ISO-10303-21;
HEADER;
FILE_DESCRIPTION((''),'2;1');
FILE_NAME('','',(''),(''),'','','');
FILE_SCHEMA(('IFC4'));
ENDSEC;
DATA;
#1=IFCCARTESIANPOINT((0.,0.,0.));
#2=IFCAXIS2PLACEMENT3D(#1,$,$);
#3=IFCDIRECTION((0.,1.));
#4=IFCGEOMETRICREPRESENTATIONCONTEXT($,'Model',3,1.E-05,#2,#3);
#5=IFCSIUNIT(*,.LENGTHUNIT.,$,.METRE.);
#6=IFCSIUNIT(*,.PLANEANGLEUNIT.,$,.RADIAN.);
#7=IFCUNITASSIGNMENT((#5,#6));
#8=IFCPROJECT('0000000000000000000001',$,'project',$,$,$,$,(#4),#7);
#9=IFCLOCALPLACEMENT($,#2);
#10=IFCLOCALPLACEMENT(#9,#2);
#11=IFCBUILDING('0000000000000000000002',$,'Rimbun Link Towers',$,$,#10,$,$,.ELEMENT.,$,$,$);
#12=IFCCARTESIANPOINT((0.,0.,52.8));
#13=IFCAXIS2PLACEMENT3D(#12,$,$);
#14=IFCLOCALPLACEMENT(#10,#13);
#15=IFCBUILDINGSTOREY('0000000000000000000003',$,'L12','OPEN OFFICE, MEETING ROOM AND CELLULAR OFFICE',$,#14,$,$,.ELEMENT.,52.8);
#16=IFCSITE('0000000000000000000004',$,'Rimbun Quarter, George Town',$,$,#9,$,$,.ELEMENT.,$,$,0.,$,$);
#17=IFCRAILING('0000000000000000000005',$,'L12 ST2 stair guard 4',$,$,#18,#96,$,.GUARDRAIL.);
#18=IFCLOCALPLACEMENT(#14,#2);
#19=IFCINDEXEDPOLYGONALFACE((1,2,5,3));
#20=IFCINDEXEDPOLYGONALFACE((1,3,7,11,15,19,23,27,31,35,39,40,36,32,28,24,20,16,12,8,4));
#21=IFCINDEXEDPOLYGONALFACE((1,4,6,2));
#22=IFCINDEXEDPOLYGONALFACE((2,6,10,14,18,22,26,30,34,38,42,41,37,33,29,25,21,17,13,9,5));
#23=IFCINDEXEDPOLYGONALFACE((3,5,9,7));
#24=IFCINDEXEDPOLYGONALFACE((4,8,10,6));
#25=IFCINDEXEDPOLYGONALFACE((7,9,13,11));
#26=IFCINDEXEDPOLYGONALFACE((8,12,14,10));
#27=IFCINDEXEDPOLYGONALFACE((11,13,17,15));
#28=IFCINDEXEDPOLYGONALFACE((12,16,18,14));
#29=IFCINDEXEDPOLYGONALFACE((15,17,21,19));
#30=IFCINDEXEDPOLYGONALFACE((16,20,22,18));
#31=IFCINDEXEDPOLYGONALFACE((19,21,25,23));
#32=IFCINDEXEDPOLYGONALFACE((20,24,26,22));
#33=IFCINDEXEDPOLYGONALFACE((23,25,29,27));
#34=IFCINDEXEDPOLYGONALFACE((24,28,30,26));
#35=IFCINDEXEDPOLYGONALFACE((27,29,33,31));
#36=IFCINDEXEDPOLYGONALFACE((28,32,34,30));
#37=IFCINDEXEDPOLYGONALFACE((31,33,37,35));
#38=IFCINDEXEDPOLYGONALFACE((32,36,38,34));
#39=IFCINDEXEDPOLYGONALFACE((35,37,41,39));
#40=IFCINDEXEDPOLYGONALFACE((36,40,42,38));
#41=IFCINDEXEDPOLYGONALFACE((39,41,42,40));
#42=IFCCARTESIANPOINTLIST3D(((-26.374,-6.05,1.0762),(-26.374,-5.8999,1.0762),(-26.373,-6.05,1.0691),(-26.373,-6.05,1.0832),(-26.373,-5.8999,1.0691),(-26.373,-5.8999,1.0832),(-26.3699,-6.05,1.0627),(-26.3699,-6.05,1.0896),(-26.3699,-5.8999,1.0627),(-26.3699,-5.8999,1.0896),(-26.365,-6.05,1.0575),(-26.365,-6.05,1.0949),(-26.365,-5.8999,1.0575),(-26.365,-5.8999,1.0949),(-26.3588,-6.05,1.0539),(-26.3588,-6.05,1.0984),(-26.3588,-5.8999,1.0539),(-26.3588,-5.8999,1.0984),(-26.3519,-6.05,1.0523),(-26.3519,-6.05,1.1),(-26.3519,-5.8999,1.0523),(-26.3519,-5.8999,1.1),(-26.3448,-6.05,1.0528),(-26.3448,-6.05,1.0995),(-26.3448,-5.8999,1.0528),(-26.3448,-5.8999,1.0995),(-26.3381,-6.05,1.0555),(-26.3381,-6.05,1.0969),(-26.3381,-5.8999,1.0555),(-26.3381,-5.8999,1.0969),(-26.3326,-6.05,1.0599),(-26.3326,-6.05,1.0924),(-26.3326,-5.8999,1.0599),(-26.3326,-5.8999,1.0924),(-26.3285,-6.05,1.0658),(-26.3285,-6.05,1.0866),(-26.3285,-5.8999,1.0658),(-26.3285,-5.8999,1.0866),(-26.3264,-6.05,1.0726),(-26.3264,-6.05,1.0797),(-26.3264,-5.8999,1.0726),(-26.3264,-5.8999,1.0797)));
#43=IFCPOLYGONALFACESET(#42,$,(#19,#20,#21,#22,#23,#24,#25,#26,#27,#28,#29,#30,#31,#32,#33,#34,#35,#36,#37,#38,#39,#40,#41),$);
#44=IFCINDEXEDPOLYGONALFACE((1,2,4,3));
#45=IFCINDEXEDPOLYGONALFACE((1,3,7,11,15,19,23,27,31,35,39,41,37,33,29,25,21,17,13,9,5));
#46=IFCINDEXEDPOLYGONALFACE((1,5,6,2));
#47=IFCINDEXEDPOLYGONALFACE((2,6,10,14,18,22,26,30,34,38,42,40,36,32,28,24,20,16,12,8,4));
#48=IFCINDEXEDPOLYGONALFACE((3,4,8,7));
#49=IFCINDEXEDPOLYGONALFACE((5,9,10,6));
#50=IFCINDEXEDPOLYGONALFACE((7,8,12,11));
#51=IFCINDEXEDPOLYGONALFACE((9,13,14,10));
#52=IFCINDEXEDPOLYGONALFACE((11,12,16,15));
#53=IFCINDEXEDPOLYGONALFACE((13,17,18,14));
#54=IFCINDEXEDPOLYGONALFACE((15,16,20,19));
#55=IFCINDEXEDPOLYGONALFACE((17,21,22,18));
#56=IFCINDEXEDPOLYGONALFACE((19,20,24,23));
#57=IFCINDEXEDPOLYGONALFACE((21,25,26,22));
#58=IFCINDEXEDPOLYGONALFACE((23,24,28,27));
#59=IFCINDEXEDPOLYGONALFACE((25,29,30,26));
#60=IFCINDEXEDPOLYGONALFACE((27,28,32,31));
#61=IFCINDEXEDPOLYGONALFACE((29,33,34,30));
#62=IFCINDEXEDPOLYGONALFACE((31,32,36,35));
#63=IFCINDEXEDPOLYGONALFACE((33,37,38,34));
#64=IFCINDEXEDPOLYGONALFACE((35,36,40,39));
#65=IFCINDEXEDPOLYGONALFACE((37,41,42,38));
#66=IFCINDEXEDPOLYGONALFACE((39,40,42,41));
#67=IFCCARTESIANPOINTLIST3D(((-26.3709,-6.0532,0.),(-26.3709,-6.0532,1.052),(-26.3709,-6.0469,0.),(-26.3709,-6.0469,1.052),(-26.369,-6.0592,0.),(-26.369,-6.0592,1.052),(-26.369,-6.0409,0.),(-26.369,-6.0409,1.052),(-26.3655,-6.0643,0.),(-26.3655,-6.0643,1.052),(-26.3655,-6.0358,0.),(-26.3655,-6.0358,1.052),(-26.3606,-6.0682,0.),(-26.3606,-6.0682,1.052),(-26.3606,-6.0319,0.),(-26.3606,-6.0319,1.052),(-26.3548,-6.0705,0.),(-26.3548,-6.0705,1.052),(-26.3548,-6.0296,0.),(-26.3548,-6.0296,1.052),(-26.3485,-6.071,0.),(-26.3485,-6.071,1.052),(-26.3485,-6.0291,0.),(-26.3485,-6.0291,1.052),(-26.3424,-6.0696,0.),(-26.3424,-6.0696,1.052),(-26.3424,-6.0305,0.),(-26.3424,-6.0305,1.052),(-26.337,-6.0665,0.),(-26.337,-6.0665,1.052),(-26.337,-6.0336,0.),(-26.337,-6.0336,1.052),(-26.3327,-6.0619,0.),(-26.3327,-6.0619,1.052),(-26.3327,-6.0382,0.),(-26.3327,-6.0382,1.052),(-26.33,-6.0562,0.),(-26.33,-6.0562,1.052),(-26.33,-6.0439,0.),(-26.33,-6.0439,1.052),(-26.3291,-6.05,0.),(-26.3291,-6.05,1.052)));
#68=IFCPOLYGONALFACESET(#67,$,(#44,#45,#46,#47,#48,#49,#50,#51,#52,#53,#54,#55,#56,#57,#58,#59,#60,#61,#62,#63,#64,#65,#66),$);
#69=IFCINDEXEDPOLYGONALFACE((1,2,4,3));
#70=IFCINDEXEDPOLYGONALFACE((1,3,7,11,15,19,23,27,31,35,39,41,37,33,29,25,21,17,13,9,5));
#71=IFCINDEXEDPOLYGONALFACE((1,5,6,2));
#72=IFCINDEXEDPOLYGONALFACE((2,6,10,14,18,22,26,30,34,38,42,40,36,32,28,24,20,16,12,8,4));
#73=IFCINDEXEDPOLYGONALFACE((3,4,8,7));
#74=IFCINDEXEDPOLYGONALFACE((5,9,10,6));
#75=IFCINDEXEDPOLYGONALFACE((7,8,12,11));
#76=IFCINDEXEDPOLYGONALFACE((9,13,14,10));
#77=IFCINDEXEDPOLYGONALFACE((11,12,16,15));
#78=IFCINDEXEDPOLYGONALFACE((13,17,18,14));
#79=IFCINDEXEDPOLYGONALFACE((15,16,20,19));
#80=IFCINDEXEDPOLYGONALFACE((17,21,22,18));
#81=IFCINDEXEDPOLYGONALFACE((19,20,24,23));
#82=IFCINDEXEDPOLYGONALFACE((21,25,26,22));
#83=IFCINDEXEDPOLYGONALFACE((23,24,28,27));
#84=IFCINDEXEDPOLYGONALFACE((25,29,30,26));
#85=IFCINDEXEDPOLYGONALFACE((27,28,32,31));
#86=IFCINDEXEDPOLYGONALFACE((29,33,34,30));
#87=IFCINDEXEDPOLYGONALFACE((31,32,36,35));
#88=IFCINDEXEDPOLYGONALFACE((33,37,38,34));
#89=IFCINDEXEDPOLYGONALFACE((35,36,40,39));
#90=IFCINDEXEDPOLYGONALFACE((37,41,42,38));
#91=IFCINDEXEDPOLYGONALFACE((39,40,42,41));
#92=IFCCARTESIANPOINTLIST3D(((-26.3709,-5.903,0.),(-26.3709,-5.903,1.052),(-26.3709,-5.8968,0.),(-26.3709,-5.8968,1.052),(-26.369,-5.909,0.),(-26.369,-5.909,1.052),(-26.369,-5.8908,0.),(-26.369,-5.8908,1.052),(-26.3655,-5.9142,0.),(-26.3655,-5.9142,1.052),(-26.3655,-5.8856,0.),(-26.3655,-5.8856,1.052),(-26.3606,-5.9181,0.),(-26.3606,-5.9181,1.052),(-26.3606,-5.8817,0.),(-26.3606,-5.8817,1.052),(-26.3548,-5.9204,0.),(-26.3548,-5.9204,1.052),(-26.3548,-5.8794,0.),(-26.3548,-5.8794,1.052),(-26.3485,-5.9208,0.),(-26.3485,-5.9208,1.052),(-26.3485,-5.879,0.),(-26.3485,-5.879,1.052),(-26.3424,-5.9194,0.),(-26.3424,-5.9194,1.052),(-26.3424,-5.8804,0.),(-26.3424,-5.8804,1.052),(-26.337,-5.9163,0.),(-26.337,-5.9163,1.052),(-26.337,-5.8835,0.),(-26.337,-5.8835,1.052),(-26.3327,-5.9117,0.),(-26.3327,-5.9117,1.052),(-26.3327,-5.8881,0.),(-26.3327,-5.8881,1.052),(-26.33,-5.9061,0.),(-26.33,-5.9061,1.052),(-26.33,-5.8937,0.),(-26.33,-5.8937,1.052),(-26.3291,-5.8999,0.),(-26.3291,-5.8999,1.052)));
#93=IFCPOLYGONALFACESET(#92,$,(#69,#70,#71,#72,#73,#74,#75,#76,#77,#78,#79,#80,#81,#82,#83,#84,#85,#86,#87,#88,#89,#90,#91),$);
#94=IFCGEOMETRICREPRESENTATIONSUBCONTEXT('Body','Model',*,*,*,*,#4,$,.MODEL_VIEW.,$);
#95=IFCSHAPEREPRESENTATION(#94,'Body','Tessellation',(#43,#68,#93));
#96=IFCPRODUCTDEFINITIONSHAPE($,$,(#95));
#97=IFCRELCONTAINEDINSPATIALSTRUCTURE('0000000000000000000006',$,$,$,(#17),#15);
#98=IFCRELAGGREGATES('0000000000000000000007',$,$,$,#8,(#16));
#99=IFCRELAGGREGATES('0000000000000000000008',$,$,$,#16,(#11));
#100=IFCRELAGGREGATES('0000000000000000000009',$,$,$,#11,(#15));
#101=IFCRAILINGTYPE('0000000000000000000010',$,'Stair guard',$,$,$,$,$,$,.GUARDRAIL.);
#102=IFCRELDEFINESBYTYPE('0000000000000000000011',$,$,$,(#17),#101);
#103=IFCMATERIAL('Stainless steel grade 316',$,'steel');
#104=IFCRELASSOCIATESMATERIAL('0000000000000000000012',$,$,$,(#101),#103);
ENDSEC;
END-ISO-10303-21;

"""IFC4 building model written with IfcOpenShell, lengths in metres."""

from ifc_helpers import new_model, si_unit, direction, frame, origin, origin_2d, place, context, subcontext, project, spatial, circle, extrude, material, type_object, element, save


model = new_model("IFC4")

# Units and contexts
model_context = context("Model", 3, precision=1e-05, world=origin(), true_north=direction((0.0, 1.0)))
body_context = subcontext(model_context, "Body", "Model", "MODEL_VIEW")
ifc_project = project(units=[si_unit("LENGTHUNIT", "METRE"), si_unit("PLANEANGLEUNIT", "RADIAN")], contexts=[model_context])

# Site, building, storey
site_placement = place(None, origin())
site = spatial("IfcSite", under=ifc_project, at=site_placement, Name="Rimbun Quarter, George Town", CompositionType="ELEMENT", RefElevation=0.0)
building_placement = place(site_placement, origin())
building = spatial("IfcBuilding", under=site, at=building_placement, Name="Rimbun Link Towers", CompositionType="ELEMENT")
storey_placement = place(building_placement, frame((0.0, 0.0, 52.8)))
storey = spatial("IfcBuildingStorey", under=building, at=storey_placement, Name="L12", Description="OPEN OFFICE, MEETING ROOM AND CELLULAR OFFICE", CompositionType="ELEMENT", Elevation=52.8)

# Railing
ifc_material_1 = material(Name="Stainless steel grade 316", Category="steel")
railing_type_1 = type_object("IfcRailingType", Name="Stair guard", PredefinedType="GUARDRAIL", material=ifc_material_1)
railing_1_placement = place(storey_placement, frame((-26.3501, -6.05, 0.0)))
element("IfcRailing", 1, at=railing_1_placement, inside=storey, type_object=railing_type_1, Name="L12 ST2 stair guard 4", PredefinedType="GUARDRAIL", context=body_context, shape_type="SweptSolid", body=[
    extrude(circle(Radius=0.0239, at=origin_2d()), frame((0.0, 0.0, 1.0762), z_axis=(0.0, 1.0, 0.0), x_axis=(-1.0, 0.0, 0.0)), (0.0, 0.0, 1.0), 0.1501),
    extrude(circle(Radius=0.021, at=origin_2d()), origin(), (0.0, 0.0, 1.0), 1.052),
    extrude(circle(Radius=0.021, at=origin_2d()), frame((0.0, 0.1501, 0.0)), (0.0, 0.0, 1.0), 1.052),
])

save(model, "model.ifc")
